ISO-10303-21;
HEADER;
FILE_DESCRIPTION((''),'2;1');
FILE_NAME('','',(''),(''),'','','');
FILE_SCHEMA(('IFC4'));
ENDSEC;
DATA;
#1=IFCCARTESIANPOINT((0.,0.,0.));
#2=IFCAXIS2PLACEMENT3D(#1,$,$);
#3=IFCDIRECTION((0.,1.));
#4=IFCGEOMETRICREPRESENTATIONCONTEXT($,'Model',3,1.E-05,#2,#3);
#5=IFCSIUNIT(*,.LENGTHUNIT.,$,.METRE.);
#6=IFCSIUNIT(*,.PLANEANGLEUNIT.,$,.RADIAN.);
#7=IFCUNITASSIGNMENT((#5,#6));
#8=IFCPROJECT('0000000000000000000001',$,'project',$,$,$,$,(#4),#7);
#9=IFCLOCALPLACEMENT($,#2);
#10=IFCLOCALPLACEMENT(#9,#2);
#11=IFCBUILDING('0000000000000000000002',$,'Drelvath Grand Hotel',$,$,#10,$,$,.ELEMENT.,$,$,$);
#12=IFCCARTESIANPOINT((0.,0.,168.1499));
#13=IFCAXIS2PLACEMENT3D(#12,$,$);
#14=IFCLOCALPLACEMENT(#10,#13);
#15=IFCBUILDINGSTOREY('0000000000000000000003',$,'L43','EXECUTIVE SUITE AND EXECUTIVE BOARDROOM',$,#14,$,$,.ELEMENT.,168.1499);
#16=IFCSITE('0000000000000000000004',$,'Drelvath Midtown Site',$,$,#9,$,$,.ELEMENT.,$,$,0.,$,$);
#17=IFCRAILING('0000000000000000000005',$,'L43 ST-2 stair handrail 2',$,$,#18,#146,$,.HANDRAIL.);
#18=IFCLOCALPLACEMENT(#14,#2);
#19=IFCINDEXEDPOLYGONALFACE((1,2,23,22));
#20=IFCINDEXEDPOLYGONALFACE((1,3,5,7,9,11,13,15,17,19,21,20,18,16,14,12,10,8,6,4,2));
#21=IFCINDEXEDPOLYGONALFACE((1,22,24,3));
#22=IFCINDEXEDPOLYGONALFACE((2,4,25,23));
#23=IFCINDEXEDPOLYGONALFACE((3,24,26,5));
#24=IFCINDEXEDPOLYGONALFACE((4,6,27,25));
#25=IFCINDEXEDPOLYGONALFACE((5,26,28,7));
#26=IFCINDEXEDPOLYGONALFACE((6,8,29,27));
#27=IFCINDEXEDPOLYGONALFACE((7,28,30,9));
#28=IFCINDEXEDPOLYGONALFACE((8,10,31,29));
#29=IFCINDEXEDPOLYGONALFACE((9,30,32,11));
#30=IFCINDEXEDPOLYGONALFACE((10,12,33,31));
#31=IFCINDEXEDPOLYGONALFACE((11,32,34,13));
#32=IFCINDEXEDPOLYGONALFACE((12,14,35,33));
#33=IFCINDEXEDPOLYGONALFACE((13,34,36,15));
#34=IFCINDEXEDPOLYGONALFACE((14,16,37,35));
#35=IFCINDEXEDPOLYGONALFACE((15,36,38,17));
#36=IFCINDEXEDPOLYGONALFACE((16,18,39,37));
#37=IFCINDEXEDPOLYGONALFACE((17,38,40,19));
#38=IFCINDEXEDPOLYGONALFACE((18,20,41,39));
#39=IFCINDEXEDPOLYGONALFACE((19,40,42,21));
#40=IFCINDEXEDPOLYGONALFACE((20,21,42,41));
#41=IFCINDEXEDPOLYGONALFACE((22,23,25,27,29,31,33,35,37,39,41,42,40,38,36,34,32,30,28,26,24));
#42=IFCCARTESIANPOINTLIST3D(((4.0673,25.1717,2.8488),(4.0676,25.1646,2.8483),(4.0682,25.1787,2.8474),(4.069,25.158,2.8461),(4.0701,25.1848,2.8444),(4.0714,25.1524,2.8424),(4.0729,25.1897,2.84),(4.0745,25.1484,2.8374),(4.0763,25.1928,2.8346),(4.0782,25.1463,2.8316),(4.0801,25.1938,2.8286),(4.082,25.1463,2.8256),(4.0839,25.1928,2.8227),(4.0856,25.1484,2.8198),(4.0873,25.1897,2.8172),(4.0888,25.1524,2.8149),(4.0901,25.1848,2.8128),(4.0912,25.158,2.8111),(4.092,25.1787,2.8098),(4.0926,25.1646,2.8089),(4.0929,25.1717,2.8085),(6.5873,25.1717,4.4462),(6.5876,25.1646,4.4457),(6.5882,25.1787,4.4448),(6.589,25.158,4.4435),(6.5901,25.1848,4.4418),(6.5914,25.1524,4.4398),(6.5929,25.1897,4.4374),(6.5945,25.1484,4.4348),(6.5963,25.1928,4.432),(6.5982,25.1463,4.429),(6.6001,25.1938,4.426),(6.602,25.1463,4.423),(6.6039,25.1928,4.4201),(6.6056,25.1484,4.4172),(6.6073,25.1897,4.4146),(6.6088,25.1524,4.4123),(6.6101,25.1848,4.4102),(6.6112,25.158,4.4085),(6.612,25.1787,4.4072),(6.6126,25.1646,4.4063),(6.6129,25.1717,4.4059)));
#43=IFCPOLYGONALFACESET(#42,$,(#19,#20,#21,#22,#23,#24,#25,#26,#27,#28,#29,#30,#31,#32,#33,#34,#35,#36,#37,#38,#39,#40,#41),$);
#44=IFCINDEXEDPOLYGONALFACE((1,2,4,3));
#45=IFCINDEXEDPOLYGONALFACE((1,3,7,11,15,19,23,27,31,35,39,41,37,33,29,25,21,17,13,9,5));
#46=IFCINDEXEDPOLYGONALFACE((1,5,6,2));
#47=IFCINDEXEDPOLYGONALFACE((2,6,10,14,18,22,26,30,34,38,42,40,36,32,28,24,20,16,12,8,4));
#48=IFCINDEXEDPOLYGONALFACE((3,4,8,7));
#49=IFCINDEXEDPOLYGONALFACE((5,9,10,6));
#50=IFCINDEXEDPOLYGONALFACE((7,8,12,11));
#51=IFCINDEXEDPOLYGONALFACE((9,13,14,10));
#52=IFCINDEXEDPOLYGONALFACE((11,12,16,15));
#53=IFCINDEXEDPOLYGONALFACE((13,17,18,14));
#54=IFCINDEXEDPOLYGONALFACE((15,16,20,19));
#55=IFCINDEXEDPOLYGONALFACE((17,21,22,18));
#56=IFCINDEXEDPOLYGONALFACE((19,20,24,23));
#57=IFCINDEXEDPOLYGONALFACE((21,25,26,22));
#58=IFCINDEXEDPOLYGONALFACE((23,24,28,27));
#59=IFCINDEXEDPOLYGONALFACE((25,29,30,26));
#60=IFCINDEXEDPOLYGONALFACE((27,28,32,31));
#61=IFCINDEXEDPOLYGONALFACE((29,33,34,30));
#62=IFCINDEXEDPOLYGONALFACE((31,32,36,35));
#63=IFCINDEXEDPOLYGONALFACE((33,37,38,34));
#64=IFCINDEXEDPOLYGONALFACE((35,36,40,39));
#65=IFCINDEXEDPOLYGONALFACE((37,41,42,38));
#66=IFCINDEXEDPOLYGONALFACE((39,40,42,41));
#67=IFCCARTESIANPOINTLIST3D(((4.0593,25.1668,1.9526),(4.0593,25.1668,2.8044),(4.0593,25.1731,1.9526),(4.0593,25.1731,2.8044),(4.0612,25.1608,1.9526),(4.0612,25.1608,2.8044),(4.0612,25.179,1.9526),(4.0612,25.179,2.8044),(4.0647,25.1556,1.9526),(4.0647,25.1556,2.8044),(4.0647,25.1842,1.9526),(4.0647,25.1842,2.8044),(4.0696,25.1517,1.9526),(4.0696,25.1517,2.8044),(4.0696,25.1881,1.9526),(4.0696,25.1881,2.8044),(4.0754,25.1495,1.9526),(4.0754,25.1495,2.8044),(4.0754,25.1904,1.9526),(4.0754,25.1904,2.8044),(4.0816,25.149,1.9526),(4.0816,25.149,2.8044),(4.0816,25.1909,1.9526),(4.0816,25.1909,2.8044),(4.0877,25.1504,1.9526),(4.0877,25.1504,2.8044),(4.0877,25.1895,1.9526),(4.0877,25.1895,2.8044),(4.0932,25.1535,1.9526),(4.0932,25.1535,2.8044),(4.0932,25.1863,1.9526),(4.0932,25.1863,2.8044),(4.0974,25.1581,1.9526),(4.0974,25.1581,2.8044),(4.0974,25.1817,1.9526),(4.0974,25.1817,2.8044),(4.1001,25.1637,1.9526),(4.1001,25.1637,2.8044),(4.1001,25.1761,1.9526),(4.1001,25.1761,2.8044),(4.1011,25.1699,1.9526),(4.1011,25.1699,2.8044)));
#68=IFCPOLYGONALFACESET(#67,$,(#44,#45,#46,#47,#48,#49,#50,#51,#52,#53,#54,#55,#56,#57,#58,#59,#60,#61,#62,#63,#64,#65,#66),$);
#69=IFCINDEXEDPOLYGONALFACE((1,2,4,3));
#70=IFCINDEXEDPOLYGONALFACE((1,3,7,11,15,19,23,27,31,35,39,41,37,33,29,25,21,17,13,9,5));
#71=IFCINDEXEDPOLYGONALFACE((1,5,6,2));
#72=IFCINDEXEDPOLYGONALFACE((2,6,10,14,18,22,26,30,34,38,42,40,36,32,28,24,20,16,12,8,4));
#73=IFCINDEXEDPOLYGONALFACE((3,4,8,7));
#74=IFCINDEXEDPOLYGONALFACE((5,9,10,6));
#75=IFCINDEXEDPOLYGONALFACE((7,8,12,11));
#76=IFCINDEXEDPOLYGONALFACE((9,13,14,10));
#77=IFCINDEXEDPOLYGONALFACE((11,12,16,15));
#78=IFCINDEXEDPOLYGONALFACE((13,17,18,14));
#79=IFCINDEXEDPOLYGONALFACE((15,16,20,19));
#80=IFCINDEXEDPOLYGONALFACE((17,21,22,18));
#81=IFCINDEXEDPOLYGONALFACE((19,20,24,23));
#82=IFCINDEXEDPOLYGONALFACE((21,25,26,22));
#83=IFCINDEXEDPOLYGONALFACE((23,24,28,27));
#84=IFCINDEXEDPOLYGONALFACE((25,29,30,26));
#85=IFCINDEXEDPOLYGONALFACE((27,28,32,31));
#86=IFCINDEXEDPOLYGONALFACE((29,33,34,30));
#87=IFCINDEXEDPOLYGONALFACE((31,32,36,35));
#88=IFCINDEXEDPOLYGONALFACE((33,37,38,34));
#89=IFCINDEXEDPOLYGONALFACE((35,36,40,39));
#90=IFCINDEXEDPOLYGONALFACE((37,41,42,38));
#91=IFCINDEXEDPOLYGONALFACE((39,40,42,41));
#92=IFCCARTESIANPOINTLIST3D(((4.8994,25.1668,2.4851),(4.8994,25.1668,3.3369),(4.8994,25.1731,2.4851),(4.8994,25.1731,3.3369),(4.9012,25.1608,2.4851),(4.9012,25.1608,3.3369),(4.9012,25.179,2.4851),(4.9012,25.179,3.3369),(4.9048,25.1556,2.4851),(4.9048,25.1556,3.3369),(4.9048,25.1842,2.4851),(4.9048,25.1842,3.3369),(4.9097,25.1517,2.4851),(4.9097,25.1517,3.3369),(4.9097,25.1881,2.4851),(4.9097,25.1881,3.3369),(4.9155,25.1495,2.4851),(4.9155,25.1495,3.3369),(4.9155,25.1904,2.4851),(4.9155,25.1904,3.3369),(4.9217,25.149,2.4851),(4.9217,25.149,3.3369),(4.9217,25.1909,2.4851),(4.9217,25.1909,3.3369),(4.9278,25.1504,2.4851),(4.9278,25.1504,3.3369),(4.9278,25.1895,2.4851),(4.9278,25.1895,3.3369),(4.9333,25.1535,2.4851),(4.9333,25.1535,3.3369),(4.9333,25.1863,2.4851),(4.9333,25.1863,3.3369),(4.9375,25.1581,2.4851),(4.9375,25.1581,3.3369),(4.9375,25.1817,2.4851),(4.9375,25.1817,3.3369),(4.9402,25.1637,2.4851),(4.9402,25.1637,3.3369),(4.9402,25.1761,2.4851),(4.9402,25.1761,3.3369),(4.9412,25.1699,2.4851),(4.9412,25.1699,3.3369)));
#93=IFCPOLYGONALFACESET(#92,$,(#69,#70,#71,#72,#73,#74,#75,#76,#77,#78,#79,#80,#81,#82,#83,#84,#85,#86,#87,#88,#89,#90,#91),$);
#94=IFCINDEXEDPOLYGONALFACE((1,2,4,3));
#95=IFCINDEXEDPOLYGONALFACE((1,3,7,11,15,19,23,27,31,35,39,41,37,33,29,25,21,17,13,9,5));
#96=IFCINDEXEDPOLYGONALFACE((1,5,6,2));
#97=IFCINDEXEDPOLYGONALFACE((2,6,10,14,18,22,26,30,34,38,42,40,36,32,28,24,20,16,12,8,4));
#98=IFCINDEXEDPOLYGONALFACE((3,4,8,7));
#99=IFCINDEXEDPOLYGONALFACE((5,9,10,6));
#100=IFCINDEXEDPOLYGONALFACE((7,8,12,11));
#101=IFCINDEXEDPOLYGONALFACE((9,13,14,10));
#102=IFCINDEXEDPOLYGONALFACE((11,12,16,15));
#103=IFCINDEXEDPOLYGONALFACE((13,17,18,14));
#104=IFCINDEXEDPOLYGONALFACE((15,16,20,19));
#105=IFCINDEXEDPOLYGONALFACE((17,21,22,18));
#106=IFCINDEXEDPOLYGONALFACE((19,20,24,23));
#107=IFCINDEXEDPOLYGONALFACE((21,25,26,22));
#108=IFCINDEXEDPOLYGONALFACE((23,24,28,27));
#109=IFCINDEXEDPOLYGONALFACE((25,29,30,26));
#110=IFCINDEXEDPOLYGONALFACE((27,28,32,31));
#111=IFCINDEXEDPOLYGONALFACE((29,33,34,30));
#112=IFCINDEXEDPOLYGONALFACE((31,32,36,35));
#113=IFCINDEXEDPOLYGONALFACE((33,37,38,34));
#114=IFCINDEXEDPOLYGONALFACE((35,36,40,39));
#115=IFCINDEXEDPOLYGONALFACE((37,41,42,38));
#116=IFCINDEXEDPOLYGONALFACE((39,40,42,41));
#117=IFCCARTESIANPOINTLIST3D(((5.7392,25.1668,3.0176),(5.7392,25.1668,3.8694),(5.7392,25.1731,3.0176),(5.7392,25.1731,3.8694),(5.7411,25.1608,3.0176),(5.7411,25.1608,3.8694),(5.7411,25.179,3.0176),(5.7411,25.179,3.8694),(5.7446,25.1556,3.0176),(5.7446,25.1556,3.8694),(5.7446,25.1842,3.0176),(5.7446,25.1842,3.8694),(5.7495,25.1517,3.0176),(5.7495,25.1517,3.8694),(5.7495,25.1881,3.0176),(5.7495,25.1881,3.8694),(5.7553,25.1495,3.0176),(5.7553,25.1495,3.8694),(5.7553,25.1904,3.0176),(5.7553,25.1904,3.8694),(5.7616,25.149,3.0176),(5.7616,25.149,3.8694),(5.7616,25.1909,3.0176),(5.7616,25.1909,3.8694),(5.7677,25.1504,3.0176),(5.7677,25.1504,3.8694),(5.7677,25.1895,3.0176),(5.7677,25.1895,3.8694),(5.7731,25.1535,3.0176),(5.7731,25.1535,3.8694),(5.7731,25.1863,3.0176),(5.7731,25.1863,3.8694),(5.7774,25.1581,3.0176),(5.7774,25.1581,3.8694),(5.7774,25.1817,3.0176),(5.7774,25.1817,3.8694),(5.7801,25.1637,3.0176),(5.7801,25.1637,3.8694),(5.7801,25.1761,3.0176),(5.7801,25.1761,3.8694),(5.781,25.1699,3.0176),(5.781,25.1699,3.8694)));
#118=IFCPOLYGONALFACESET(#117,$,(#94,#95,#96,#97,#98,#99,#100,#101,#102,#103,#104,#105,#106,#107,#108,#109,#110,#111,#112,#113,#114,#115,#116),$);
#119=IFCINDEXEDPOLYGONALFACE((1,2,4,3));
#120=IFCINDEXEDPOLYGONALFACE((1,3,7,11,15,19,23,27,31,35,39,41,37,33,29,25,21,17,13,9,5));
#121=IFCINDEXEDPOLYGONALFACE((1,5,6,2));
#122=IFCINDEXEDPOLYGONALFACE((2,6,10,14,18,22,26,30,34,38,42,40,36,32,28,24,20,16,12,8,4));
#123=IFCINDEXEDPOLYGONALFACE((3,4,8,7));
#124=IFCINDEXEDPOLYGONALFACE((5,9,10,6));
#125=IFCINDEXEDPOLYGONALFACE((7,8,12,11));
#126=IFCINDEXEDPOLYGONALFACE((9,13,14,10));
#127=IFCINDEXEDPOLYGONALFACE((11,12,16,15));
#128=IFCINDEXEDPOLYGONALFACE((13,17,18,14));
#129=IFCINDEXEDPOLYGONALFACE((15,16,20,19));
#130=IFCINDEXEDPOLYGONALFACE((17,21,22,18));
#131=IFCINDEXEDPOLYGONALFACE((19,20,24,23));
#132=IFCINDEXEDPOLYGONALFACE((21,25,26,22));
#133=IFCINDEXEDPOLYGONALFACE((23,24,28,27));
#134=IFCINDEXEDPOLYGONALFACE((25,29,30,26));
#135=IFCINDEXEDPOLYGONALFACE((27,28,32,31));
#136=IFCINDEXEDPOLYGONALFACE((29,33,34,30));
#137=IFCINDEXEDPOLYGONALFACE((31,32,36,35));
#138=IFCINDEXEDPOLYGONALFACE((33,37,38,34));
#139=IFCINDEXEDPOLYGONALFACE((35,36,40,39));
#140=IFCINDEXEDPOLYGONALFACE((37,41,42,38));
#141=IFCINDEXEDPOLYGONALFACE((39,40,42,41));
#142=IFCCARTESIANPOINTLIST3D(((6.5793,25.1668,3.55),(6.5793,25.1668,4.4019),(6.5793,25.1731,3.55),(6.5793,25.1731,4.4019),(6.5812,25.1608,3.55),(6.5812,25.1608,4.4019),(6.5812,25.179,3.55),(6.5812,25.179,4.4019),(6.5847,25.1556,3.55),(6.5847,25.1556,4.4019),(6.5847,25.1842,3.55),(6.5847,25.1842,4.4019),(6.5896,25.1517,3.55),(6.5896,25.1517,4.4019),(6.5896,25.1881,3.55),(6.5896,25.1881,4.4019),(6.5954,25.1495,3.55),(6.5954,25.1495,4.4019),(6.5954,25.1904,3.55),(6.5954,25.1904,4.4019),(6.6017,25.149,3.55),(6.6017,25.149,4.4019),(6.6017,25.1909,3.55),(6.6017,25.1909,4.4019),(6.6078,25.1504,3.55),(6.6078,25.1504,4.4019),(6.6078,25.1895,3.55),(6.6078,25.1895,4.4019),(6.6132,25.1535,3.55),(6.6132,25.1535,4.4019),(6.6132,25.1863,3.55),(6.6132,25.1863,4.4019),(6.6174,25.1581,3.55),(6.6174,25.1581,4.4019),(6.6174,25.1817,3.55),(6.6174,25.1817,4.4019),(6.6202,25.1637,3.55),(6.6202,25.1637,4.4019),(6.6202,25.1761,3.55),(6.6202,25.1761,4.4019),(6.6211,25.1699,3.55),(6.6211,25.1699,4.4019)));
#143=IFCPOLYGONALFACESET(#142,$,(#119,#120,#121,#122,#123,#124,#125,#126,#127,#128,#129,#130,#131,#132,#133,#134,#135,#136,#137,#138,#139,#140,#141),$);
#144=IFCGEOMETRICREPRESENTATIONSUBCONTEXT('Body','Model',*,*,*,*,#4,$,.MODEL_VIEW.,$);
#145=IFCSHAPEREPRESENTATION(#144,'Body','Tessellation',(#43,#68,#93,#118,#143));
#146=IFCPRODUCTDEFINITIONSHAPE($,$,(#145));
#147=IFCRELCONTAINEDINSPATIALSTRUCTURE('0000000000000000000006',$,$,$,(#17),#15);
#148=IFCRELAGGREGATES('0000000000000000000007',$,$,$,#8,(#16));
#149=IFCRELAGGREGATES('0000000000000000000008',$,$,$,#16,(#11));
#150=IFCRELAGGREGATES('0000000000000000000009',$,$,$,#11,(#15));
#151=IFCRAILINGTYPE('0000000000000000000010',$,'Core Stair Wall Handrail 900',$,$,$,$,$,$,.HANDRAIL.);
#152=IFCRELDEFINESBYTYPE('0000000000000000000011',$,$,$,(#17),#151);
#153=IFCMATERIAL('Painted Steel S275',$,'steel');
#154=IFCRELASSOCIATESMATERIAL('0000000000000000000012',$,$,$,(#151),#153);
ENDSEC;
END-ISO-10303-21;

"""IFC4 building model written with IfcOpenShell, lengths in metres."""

from ifc_helpers import new_model, si_unit, direction, frame, origin, origin_2d, place, context, subcontext, project, spatial, circle, extrude, material, type_object, element, save


model = new_model("IFC4")

# Units and contexts
model_context = context("Model", 3, precision=1e-05, world=origin(), true_north=direction((0.0, 1.0)))
body_context = subcontext(model_context, "Body", "Model", "MODEL_VIEW")
ifc_project = project(units=[si_unit("LENGTHUNIT", "METRE"), si_unit("PLANEANGLEUNIT", "RADIAN")], contexts=[model_context])

# Site, building, storey
site_placement = place(None, origin())
site = spatial("IfcSite", under=ifc_project, at=site_placement, Name="Drelvath Midtown Site", CompositionType="ELEMENT", RefElevation=0.0)
building_placement = place(site_placement, origin())
building = spatial("IfcBuilding", under=site, at=building_placement, Name="Drelvath Grand Hotel", CompositionType="ELEMENT")
storey_placement = place(building_placement, frame((0.0, 0.0, 168.1499)))
storey = spatial("IfcBuildingStorey", under=building, at=storey_placement, Name="L43", Description="EXECUTIVE SUITE AND EXECUTIVE BOARDROOM", CompositionType="ELEMENT", Elevation=168.1499)

# Railing
ifc_material_1 = material(Name="Painted Steel S275", Category="steel")
railing_type_1 = type_object("IfcRailingType", Name="Core Stair Wall Handrail 900", PredefinedType="HANDRAIL", material=ifc_material_1)
railing_1_placement = place(storey_placement, frame((4.0801, 25.1699, 1.9526)))
element("IfcRailing", 1, at=railing_1_placement, inside=storey, type_object=railing_type_1, Name="L43 ST-2 stair handrail 2", PredefinedType="HANDRAIL", context=body_context, shape_type="SweptSolid", body=[
    extrude(circle(Radius=0.0239, at=origin_2d()), frame((0.0, 0.0, 0.876), z_axis=(0.844607, 0.0, 0.535387), x_axis=(0.0, 1.0, 0.0)), (0.0, 0.0, 1.0), 2.9836),
    extrude(circle(Radius=0.021, at=origin_2d()), origin(), (0.0, 0.0, 1.0), 0.8518),
    extrude(circle(Radius=0.021, at=origin_2d()), frame((0.8401, 0.0, 0.5325)), (0.0, 0.0, 1.0), 0.8518),
    extrude(circle(Radius=0.021, at=origin_2d()), frame((1.6799, 0.0, 1.0649)), (0.0, 0.0, 1.0), 0.8518),
    extrude(circle(Radius=0.021, at=origin_2d()), frame((2.52, 0.0, 1.5974)), (0.0, 0.0, 1.0), 0.8518),
])

save(model, "model.ifc")
